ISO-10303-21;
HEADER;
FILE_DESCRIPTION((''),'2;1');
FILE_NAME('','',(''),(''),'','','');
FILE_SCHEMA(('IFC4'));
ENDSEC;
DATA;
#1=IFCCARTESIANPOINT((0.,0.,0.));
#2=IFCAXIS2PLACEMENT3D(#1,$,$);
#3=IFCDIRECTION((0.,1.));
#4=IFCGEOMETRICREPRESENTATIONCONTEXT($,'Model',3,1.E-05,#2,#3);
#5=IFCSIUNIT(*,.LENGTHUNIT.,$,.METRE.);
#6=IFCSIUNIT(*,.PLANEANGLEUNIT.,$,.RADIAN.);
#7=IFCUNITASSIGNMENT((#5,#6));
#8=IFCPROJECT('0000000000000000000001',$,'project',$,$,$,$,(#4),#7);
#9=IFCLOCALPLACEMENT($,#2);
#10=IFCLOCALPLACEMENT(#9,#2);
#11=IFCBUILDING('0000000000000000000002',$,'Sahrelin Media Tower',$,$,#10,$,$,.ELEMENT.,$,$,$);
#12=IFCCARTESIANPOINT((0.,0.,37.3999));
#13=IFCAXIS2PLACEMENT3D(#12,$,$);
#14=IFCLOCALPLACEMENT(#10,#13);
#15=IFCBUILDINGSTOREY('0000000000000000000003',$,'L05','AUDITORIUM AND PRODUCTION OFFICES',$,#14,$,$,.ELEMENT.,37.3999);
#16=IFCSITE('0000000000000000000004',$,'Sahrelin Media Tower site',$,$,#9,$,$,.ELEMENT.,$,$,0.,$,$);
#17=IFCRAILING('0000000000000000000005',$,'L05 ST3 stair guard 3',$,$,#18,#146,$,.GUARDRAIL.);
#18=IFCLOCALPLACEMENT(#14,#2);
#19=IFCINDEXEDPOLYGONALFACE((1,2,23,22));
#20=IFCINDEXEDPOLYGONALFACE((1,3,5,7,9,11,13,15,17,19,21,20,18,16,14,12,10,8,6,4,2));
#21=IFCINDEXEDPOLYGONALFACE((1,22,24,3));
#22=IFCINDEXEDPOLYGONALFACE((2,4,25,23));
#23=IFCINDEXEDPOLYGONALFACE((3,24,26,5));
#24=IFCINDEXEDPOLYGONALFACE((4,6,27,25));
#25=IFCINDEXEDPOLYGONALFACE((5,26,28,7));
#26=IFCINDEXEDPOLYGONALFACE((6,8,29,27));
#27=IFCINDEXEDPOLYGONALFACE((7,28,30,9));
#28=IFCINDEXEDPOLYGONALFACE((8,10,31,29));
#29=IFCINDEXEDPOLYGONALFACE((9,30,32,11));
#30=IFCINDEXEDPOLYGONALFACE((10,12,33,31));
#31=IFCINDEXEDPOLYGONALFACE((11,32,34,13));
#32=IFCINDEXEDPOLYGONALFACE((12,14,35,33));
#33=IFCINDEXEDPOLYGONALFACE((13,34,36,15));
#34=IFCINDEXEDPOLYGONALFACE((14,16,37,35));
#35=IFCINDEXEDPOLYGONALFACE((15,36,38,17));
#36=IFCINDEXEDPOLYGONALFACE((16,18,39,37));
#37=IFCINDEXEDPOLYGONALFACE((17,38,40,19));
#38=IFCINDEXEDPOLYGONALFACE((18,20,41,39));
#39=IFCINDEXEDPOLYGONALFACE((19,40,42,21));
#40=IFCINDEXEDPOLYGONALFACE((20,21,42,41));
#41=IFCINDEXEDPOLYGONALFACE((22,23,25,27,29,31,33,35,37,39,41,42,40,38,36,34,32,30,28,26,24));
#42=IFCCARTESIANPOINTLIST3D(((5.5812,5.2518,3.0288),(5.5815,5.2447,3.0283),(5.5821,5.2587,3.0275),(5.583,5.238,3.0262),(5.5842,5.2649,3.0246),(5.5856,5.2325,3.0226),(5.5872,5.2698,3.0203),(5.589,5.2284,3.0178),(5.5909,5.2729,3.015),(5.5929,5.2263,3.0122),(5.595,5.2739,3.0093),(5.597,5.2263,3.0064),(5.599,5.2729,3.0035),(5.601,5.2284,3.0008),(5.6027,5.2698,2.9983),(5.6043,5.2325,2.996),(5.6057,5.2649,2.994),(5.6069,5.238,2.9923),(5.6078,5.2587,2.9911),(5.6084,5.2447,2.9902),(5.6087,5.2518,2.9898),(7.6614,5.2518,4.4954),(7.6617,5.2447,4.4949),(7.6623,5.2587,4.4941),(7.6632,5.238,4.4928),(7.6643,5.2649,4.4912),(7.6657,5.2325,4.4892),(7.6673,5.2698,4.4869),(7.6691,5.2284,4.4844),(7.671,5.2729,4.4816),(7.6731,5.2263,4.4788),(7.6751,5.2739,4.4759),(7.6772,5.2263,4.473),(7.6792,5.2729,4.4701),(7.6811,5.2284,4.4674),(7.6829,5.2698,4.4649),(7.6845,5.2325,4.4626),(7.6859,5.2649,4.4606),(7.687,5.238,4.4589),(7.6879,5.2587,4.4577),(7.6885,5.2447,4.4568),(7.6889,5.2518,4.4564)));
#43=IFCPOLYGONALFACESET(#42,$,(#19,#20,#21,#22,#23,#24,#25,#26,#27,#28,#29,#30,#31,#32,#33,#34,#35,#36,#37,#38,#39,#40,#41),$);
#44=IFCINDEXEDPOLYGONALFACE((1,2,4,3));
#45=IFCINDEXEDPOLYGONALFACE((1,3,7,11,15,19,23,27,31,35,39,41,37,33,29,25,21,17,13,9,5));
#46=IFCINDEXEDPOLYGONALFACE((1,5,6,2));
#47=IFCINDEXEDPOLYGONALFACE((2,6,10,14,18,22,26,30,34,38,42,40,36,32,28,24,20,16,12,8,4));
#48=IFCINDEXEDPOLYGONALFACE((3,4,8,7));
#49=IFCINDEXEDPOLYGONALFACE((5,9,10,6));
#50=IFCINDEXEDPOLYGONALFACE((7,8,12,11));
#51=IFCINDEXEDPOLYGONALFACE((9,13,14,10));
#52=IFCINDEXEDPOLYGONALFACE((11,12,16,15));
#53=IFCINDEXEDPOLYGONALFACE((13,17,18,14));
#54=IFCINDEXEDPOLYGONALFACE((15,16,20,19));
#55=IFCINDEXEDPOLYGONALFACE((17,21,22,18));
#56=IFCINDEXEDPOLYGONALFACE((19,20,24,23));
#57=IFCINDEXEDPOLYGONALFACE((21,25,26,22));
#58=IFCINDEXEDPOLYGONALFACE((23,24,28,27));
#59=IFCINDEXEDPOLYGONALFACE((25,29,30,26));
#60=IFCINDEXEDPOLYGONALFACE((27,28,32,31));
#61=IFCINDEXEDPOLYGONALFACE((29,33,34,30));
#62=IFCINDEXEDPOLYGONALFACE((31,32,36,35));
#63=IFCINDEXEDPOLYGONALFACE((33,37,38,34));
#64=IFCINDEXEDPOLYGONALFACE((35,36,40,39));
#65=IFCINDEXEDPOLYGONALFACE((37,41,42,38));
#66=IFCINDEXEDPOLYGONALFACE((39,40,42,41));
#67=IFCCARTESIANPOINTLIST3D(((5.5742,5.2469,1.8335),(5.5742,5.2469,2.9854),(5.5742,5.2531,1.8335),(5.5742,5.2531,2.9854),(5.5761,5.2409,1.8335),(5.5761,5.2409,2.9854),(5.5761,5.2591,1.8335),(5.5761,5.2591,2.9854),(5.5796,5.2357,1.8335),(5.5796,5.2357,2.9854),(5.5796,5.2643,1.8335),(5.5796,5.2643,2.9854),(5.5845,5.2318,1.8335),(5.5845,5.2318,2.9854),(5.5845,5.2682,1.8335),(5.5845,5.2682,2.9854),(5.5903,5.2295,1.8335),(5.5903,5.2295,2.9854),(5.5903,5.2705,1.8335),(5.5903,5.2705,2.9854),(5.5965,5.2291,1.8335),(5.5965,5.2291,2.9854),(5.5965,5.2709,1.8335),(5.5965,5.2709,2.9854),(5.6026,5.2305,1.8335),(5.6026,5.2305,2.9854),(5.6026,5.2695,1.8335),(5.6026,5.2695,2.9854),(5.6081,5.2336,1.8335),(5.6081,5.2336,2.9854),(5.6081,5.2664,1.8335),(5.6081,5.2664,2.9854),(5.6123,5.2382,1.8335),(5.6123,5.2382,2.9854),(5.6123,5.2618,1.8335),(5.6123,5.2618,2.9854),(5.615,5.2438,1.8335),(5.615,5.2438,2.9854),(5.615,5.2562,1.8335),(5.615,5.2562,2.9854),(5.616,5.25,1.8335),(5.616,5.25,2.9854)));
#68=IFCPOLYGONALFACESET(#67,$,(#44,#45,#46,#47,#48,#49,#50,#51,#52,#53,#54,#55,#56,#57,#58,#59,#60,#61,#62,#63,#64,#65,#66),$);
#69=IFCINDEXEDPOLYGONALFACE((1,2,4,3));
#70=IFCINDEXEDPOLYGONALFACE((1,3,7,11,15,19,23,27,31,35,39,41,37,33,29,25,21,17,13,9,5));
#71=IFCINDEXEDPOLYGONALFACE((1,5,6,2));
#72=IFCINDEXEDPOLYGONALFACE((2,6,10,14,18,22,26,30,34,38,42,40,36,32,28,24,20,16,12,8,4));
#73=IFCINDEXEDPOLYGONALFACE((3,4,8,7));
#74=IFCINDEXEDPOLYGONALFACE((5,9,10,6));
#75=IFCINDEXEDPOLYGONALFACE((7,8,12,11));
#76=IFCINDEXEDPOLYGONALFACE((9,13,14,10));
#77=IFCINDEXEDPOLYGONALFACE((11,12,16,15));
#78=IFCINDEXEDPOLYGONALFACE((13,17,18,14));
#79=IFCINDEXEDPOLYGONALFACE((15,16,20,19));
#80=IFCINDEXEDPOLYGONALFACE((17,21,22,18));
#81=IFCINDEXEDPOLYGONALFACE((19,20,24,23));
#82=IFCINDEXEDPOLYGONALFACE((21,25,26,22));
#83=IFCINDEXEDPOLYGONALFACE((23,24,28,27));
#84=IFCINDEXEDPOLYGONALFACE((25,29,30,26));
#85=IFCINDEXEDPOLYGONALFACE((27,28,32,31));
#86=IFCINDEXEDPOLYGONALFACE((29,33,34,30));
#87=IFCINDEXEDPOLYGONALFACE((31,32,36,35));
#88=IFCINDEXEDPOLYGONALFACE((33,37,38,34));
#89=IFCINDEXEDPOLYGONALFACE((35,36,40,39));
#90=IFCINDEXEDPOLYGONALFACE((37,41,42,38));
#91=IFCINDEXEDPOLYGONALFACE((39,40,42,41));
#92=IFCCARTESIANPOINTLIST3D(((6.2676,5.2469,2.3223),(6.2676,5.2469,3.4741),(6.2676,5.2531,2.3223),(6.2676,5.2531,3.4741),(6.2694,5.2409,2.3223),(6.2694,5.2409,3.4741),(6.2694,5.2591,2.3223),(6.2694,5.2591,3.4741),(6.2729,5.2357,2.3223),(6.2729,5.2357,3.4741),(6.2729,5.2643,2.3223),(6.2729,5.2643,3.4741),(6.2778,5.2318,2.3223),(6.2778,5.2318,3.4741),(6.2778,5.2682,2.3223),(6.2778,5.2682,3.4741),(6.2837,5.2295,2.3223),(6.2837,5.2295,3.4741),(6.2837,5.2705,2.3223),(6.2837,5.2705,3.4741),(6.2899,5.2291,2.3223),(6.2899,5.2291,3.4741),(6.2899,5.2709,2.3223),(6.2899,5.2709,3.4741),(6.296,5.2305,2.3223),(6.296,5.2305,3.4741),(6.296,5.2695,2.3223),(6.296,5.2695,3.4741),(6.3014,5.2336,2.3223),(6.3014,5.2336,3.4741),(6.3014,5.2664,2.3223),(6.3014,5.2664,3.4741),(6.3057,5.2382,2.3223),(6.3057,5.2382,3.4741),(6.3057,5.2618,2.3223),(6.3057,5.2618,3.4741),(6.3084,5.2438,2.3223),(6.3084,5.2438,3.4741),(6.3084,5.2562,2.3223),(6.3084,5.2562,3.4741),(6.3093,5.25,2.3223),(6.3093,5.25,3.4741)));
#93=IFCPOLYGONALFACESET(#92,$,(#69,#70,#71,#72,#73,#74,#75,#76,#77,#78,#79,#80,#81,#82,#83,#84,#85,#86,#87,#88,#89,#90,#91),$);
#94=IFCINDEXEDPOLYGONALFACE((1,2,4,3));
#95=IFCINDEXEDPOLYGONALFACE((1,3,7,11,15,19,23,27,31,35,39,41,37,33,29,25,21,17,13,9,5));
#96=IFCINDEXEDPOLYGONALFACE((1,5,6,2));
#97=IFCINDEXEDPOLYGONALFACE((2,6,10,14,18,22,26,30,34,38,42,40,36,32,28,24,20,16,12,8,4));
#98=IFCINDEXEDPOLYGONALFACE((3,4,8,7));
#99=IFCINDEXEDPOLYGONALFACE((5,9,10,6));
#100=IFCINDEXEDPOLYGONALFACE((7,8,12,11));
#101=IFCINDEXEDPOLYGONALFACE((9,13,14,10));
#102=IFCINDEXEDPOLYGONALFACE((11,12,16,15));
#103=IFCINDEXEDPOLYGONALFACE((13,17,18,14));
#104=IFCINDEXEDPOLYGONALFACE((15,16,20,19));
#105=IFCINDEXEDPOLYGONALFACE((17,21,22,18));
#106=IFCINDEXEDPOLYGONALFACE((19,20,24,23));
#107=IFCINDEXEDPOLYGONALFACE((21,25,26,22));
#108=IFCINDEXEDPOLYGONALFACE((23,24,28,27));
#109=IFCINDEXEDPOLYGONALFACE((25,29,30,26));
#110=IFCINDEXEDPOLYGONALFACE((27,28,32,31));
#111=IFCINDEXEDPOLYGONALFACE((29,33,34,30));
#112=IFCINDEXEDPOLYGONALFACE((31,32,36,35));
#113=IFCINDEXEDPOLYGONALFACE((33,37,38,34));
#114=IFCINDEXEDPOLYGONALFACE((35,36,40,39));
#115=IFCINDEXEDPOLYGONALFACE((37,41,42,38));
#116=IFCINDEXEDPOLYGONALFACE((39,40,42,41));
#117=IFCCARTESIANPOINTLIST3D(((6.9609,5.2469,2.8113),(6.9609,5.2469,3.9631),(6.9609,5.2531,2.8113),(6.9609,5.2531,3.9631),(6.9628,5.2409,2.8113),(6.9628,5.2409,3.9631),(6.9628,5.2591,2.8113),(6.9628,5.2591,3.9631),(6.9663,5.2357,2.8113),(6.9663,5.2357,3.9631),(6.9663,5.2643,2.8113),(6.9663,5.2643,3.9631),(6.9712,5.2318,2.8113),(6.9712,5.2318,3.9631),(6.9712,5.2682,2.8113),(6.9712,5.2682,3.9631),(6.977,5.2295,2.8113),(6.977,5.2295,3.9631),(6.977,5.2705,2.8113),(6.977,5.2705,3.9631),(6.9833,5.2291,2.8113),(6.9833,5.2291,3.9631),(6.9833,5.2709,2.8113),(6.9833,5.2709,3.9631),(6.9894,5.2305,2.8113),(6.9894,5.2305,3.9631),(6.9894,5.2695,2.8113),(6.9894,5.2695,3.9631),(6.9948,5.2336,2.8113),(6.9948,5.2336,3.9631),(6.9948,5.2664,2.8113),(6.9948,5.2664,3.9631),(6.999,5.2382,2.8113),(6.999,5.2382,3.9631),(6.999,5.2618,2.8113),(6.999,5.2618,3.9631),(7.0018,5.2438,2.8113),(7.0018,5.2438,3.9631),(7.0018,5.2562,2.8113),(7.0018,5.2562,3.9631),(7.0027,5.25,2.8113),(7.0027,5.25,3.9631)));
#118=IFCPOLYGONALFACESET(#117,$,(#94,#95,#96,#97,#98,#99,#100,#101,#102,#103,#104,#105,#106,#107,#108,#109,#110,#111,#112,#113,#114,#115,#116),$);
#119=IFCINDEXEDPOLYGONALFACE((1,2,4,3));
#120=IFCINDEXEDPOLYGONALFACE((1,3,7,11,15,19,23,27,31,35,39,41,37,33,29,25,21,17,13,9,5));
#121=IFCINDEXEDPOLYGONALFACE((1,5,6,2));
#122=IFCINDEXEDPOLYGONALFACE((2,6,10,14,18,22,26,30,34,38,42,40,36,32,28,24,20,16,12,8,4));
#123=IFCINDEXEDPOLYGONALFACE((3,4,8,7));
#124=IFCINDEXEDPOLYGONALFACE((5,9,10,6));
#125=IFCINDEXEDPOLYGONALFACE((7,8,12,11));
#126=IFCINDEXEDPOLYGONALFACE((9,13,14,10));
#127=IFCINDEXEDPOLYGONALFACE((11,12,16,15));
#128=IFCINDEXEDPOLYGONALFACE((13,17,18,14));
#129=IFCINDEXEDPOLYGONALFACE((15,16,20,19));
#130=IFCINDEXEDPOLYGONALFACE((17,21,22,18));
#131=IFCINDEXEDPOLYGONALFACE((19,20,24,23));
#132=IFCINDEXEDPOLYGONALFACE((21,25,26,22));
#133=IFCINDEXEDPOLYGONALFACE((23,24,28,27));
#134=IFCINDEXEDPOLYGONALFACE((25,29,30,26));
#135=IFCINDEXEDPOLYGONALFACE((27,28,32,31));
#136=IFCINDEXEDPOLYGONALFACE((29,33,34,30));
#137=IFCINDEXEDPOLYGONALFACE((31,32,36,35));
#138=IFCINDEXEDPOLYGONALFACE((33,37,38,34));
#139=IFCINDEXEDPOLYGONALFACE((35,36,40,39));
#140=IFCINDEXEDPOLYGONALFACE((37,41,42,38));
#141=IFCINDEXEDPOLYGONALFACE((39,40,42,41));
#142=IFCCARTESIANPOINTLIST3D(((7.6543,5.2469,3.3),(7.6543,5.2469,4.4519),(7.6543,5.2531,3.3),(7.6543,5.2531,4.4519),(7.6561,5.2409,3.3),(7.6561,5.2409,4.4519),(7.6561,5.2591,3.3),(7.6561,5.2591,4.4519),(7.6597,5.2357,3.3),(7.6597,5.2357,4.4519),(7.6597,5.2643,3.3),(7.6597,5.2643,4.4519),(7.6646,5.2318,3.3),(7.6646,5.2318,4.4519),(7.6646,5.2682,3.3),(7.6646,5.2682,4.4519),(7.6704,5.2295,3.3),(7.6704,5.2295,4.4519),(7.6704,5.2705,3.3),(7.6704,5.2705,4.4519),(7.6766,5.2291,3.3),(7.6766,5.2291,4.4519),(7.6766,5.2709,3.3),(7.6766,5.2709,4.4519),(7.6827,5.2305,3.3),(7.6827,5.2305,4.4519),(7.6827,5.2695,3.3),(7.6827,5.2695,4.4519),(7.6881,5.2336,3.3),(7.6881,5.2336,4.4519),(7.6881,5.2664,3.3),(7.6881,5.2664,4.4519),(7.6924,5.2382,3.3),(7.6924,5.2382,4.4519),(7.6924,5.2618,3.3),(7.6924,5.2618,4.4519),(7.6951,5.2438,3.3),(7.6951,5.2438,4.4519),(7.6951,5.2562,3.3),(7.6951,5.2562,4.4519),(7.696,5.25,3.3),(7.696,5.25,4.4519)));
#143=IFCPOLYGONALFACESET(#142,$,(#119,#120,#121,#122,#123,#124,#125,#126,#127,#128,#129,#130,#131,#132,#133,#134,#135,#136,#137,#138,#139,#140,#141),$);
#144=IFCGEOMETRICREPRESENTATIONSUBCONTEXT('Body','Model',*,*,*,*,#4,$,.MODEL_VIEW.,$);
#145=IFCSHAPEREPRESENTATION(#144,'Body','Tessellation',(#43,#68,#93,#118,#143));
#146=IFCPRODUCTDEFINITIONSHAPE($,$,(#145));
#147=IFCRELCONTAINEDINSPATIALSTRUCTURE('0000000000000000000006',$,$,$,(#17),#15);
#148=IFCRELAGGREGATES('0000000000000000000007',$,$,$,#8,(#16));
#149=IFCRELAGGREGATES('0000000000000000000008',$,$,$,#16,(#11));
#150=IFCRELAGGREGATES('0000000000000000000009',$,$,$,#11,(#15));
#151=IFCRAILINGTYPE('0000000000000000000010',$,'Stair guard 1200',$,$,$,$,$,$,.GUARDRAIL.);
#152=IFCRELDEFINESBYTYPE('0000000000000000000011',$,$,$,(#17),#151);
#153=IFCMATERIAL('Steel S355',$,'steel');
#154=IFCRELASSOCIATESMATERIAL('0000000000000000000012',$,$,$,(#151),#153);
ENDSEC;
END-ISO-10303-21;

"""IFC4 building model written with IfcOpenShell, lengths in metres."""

from ifc_helpers import new_model, si_unit, direction, frame, origin, origin_2d, place, context, subcontext, project, spatial, circle, extrude, material, type_object, element, save


model = new_model("IFC4")

# Units and contexts
model_context = context("Model", 3, precision=1e-05, world=origin(), true_north=direction((0.0, 1.0)))
body_context = subcontext(model_context, "Body", "Model", "MODEL_VIEW")
ifc_project = project(units=[si_unit("LENGTHUNIT", "METRE"), si_unit("PLANEANGLEUNIT", "RADIAN")], contexts=[model_context])

# Site, building, storey
site_placement = place(None, origin())
site = spatial("IfcSite", under=ifc_project, at=site_placement, Name="Sahrelin Media Tower site", CompositionType="ELEMENT", RefElevation=0.0)
building_placement = place(site_placement, origin())
building = spatial("IfcBuilding", under=site, at=building_placement, Name="Sahrelin Media Tower", CompositionType="ELEMENT")
storey_placement = place(building_placement, frame((0.0, 0.0, 37.3999)))
storey = spatial("IfcBuildingStorey", under=building, at=storey_placement, Name="L05", Description="AUDITORIUM AND PRODUCTION OFFICES", CompositionType="ELEMENT", Elevation=37.3999)

# Shared definitions
ifc_material_1 = material(Name="Steel S355", Category="steel")

# Railing
railing_type_1 = type_object("IfcRailingType", Name="Stair guard 1200", PredefinedType="GUARDRAIL", material=ifc_material_1)
railing_1_placement = place(storey_placement, frame((5.595, 5.25, 1.8335)))
element("IfcRailing", 1, at=railing_1_placement, inside=storey, type_object=railing_type_1, Name="L05 ST3 stair guard 3", PredefinedType="GUARDRAIL", context=body_context, shape_type="SweptSolid", body=[
    extrude(circle(Radius=0.0239, at=origin_2d()), frame((0.0, 0.0, 1.1758), z_axis=(0.817289, 0.0, 0.576227), x_axis=(0.0, 1.0, 0.0)), (0.0, 0.0, 1.0), 2.5452),
    extrude(circle(Radius=0.021, at=origin_2d()), origin(), (0.0, 0.0, 1.0), 1.1519),
    extrude(circle(Radius=0.021, at=origin_2d()), frame((0.6934, 0.0, 0.4888)), (0.0, 0.0, 1.0), 1.1519),
    extrude(circle(Radius=0.021, at=origin_2d()), frame((1.3867, 0.0, 0.9778)), (0.0, 0.0, 1.0), 1.1519),
    extrude(circle(Radius=0.021, at=origin_2d()), frame((2.0801, 0.0, 1.4666)), (0.0, 0.0, 1.0), 1.1519),
])

save(model, "model.ifc")
